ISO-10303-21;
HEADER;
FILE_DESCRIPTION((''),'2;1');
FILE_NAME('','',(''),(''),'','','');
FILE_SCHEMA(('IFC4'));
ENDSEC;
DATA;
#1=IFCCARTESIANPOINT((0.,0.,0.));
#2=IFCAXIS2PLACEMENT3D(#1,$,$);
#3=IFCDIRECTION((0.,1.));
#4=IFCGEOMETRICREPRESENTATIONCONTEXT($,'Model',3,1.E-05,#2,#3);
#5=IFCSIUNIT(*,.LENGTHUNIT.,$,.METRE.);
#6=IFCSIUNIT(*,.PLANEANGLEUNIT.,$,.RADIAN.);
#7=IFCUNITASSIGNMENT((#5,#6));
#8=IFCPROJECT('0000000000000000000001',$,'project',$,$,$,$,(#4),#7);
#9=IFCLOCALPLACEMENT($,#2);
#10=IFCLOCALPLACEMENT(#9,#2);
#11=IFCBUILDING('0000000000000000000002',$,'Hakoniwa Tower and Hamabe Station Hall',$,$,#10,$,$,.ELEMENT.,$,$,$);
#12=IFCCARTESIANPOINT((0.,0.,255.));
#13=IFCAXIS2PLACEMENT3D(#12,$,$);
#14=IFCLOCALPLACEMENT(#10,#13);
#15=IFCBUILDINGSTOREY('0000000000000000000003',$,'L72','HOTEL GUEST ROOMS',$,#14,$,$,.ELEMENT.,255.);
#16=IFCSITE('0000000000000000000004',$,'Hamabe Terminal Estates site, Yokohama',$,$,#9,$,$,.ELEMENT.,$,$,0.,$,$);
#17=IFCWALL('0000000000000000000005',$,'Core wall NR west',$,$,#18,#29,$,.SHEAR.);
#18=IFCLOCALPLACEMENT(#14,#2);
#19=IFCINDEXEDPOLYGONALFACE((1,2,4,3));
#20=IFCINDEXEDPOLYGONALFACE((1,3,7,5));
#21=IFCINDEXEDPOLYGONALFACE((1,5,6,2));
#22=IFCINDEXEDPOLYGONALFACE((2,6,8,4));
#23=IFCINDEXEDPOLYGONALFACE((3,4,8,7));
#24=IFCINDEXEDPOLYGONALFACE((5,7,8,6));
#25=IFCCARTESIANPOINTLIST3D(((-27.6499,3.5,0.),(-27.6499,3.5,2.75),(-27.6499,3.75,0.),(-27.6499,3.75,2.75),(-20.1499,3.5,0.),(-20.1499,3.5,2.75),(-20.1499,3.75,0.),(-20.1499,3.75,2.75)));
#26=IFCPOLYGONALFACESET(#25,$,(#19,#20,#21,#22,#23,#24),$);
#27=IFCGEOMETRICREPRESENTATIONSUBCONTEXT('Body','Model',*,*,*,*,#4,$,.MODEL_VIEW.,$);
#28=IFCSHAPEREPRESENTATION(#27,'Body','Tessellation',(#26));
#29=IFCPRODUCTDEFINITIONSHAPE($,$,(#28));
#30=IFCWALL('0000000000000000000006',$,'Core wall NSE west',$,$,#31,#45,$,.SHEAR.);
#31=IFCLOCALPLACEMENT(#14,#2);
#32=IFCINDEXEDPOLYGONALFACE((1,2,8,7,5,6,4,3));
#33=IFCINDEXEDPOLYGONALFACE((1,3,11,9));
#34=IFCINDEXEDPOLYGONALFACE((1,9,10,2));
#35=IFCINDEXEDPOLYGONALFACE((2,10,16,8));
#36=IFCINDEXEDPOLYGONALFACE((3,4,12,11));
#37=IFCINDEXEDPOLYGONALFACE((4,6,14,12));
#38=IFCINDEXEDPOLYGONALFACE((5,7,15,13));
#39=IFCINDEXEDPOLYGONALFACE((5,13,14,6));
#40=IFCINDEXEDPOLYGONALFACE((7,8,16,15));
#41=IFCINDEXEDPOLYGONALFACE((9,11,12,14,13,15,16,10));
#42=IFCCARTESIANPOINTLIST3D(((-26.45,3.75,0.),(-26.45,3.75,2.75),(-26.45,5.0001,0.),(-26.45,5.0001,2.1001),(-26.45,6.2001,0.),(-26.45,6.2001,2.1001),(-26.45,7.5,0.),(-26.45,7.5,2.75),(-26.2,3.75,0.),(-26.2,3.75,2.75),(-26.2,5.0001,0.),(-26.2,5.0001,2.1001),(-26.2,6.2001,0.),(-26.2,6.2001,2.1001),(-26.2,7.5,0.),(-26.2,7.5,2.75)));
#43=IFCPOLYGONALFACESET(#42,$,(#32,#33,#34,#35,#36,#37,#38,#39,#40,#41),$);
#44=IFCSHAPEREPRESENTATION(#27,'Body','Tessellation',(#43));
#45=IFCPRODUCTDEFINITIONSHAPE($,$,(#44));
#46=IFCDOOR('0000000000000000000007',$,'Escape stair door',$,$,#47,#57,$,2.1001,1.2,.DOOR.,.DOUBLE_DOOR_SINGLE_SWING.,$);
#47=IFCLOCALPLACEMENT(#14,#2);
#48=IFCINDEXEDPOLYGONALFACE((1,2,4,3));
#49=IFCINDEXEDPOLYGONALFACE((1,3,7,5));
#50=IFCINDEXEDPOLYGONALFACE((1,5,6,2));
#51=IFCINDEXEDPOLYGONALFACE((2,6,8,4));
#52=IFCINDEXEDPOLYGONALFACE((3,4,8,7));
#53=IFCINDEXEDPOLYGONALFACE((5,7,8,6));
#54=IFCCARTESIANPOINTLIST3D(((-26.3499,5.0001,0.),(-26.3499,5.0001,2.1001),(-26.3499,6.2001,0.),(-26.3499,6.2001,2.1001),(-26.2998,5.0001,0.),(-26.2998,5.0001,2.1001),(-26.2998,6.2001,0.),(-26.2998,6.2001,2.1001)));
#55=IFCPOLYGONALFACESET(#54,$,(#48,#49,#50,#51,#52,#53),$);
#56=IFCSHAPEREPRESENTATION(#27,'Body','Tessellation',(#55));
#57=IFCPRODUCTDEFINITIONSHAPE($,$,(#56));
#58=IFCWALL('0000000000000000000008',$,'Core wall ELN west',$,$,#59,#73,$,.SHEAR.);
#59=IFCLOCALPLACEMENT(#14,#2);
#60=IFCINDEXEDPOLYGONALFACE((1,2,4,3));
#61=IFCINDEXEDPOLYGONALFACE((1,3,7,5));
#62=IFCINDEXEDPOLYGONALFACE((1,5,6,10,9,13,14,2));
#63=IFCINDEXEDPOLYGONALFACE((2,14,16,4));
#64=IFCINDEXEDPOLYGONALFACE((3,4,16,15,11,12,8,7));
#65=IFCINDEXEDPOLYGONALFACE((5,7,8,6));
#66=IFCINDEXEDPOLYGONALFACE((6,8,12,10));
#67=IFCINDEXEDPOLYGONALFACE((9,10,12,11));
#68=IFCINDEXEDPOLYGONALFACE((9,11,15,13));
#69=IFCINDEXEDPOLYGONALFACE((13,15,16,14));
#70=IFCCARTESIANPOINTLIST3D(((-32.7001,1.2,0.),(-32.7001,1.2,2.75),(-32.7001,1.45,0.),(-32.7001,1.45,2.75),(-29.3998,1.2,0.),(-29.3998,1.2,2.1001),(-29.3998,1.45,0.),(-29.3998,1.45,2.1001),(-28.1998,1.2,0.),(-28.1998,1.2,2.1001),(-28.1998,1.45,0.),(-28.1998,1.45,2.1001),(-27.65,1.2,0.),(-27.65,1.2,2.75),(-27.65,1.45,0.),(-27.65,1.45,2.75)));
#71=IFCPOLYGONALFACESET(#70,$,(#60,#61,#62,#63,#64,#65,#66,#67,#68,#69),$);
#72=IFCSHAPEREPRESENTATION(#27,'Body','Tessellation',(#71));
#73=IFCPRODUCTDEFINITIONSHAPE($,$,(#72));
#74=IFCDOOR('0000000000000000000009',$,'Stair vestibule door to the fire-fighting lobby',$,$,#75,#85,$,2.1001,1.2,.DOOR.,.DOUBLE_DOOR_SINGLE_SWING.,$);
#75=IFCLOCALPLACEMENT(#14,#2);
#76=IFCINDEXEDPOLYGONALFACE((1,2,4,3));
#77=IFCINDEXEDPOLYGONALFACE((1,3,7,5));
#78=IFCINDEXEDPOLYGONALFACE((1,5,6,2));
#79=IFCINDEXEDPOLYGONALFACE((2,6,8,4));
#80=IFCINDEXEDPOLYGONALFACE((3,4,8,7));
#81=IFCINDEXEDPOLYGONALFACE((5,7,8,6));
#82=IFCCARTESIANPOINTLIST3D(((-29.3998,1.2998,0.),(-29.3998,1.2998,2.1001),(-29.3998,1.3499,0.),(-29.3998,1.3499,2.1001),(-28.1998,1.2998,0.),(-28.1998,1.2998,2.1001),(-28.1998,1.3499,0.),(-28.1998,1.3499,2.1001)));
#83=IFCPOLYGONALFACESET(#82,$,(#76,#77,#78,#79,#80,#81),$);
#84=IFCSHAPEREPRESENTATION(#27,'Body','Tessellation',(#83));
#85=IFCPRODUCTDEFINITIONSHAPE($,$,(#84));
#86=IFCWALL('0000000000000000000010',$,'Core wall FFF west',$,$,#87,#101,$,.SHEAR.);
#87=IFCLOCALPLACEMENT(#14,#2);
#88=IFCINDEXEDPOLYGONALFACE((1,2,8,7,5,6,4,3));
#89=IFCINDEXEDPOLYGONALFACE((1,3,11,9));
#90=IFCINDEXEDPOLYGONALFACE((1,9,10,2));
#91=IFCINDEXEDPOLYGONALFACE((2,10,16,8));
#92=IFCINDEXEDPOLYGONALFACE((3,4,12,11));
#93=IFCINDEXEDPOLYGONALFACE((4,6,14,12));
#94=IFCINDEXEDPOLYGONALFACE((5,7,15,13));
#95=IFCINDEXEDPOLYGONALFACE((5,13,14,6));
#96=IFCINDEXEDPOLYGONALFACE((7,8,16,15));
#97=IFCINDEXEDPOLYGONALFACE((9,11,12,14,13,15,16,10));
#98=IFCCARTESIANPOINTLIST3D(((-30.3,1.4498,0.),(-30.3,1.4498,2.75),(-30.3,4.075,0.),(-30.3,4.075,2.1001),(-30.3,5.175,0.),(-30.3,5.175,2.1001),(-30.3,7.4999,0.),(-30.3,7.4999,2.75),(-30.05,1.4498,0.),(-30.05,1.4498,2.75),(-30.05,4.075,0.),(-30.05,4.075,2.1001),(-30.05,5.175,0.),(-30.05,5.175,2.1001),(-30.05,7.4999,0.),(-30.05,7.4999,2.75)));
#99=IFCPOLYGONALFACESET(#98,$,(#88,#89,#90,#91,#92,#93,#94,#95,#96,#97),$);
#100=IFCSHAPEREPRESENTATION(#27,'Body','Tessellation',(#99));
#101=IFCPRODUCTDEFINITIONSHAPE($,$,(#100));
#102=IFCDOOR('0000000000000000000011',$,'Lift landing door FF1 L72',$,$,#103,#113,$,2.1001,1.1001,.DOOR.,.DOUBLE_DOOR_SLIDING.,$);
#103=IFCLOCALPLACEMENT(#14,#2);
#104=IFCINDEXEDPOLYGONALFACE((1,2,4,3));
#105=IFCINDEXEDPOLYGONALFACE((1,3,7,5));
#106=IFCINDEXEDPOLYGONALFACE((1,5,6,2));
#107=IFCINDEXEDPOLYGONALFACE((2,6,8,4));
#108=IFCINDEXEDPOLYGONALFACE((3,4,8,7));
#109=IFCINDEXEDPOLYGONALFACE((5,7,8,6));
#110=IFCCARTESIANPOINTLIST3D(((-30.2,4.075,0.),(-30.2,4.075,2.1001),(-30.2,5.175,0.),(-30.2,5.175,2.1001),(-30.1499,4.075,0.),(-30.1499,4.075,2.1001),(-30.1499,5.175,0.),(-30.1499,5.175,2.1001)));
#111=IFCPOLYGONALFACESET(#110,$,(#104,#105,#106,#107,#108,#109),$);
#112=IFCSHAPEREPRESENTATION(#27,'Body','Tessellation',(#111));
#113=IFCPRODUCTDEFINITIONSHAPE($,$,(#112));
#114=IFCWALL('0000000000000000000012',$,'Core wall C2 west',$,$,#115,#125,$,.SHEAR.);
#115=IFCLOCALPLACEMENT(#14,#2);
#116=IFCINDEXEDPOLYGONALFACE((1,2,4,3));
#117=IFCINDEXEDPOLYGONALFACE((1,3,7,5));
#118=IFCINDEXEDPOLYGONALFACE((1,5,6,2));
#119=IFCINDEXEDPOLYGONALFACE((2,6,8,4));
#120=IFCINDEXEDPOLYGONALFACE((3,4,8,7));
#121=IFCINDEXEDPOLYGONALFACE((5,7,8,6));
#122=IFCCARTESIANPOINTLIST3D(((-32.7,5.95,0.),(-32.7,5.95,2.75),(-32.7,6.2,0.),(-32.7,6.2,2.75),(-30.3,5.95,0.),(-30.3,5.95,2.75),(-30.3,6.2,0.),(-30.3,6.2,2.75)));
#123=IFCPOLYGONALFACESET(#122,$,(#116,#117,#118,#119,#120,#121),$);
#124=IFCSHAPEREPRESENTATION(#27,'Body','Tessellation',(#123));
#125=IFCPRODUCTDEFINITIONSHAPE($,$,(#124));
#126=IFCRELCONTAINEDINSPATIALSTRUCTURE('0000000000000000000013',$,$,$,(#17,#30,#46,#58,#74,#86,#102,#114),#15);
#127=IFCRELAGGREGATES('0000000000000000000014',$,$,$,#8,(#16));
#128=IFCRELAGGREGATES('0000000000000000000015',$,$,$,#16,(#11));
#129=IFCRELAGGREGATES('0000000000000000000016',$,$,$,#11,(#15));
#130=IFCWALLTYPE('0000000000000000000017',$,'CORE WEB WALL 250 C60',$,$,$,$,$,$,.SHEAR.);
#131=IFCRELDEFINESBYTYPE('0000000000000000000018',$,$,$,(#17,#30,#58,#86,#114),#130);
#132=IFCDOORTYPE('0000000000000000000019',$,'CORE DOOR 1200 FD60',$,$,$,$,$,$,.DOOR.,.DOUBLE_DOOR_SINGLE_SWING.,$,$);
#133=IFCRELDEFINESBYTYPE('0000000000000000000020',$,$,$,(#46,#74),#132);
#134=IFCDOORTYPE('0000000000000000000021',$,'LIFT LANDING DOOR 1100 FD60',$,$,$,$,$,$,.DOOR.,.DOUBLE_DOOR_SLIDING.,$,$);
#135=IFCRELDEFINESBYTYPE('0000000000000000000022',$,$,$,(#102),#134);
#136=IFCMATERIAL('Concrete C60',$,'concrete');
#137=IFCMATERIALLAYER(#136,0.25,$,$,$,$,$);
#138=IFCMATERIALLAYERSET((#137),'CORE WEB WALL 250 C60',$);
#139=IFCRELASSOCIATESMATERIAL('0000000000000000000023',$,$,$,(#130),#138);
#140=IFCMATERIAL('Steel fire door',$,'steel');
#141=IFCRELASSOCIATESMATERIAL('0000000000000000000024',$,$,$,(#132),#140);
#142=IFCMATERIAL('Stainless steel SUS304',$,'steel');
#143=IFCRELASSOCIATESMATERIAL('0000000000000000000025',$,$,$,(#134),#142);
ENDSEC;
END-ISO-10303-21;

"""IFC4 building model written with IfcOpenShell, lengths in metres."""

from ifc_helpers import new_model, si_unit, direction, frame, frame_2d, origin, place, context, subcontext, project, spatial, rectangle, extrude, material, layer, layer_set, type_object, element, fill, save


model = new_model("IFC4")

# Units and contexts
model_context = context("Model", 3, precision=1e-05, world=origin(), true_north=direction((0.0, 1.0)))
body_context = subcontext(model_context, "Body", "Model", "MODEL_VIEW")
ifc_project = project(units=[si_unit("LENGTHUNIT", "METRE"), si_unit("PLANEANGLEUNIT", "RADIAN")], contexts=[model_context])

# Site, building, storey
site_placement = place(None, origin())
site = spatial("IfcSite", under=ifc_project, at=site_placement, Name="Hamabe Terminal Estates site, Yokohama", CompositionType="ELEMENT", RefElevation=0.0)
building_placement = place(site_placement, origin())
building = spatial("IfcBuilding", under=site, at=building_placement, Name="Hakoniwa Tower and Hamabe Station Hall", CompositionType="ELEMENT")
storey_placement = place(building_placement, frame((0.0, 0.0, 255.0)))
storey = spatial("IfcBuildingStorey", under=building, at=storey_placement, Name="L72", Description="HOTEL GUEST ROOMS", CompositionType="ELEMENT", Elevation=255.0)

# Shared definitions
ifc_material_1 = material(Name="Concrete C60", Category="concrete")
ifc_layer_1 = layer(ifc_material_1, 0.25)
ifc_layer_set_1 = layer_set([ifc_layer_1], Name="CORE WEB WALL 250 C60")
wall_type_1 = type_object("IfcWallType", Name="CORE WEB WALL 250 C60", PredefinedType="SHEAR", material=ifc_layer_set_1)

# Wall
wall_1_placement = place(storey_placement, frame((-27.6499, 3.625, 0.0), z_axis=(0.0, 0.0, 1.0), x_axis=(1.0, 0.0, 0.0)))
element("IfcWall", 1, at=wall_1_placement, inside=storey, type_object=wall_type_1, Name="Core wall NR west", PredefinedType="SHEAR", context=body_context, shape_type="SweptSolid", body=[
    extrude(rectangle(XDim=7.5, YDim=0.25, at=frame_2d((3.75, 0.0))), origin(), (0.0, 0.0, 1.0), 2.75),
])

# Walls, openings, doors
wall_2_placement = place(storey_placement, frame((-26.325, 3.75, 0.0), z_axis=(0.0, 0.0, 1.0), x_axis=(0.0, 1.0, 0.0)))
wall_2 = element("IfcWall", 2, at=wall_2_placement, inside=storey, type_object=wall_type_1, Name="Core wall NSE west", PredefinedType="SHEAR", context=body_context, shape_type="SweptSolid", body=[
    extrude(rectangle(XDim=3.75, YDim=0.25, at=frame_2d((1.875, 0.0))), origin(), (0.0, 0.0, 1.0), 2.75),
])
opening_1_placement = place(wall_2_placement, frame((1.25, 0.0, 0.0)))
opening_1 = element("IfcOpeningElement", 3, at=opening_1_placement, cuts=wall_2, PredefinedType="OPENING", context=body_context, shape_type="SweptSolid", body=[
    extrude(rectangle(XDim=1.2, YDim=2.1001, at=frame_2d((0.6001, 1.05))), frame((0.0, 0.135, 0.0), z_axis=(0.0, -1.0, 0.0), x_axis=(1.0, 0.0, 0.0)), (0.0, 0.0, 1.0), 0.27),
])
ifc_material_2 = material(Name="Steel fire door", Category="steel")
door_type_1 = type_object("IfcDoorType", Name="CORE DOOR 1200 FD60", OperationType="DOUBLE_DOOR_SINGLE_SWING", PredefinedType="DOOR", material=ifc_material_2)
door_1_placement = place(opening_1_placement, origin())
door_1 = element("IfcDoor", 4, at=door_1_placement, inside=storey, type_object=door_type_1, Name="Escape stair door", OperationType="DOUBLE_DOOR_SINGLE_SWING", OverallHeight=2.1001, OverallWidth=1.2, PredefinedType="DOOR", context=body_context, shape_type="SweptSolid", body=[
    extrude(rectangle(XDim=1.2, YDim=2.1001, at=frame_2d((0.6001, 1.05))), frame((0.0, 0.0249, 0.0), z_axis=(0.0, -1.0, 0.0), x_axis=(1.0, 0.0, 0.0)), (0.0, 0.0, 1.0), 0.05),
])
fill(opening_1, door_1)
wall_3_placement = place(storey_placement, frame((-32.7, 1.325, 0.0), z_axis=(0.0, 0.0, 1.0), x_axis=(1.0, 0.0, 0.0)))
wall_3 = element("IfcWall", 5, at=wall_3_placement, inside=storey, type_object=wall_type_1, Name="Core wall ELN west", PredefinedType="SHEAR", context=body_context, shape_type="SweptSolid", body=[
    extrude(rectangle(XDim=5.05, YDim=0.25, at=frame_2d((2.5249, 0.0))), origin(), (0.0, 0.0, 1.0), 2.75),
])
opening_2_placement = place(wall_3_placement, frame((3.3, 0.0, 0.0)))
opening_2 = element("IfcOpeningElement", 6, at=opening_2_placement, cuts=wall_3, PredefinedType="OPENING", context=body_context, shape_type="SweptSolid", body=[
    extrude(rectangle(XDim=1.2, YDim=2.1001, at=frame_2d((0.6001, 1.05))), frame((0.0, 0.135, 0.0), z_axis=(0.0, -1.0, 0.0), x_axis=(1.0, 0.0, 0.0)), (0.0, 0.0, 1.0), 0.27),
])
door_2_placement = place(opening_2_placement, origin())
door_2 = element("IfcDoor", 7, at=door_2_placement, inside=storey, type_object=door_type_1, Name="Stair vestibule door to the fire-fighting lobby", OperationType="DOUBLE_DOOR_SINGLE_SWING", OverallHeight=2.1001, OverallWidth=1.2, PredefinedType="DOOR", context=body_context, shape_type="SweptSolid", body=[
    extrude(rectangle(XDim=1.2, YDim=2.1001, at=frame_2d((0.6001, 1.05))), frame((0.0, 0.0249, 0.0), z_axis=(0.0, -1.0, 0.0), x_axis=(1.0, 0.0, 0.0)), (0.0, 0.0, 1.0), 0.05),
])
fill(opening_2, door_2)
wall_4_placement = place(storey_placement, frame((-30.175, 1.45, 0.0), z_axis=(0.0, 0.0, 1.0), x_axis=(0.0, 1.0, 0.0)))
wall_4 = element("IfcWall", 8, at=wall_4_placement, inside=storey, type_object=wall_type_1, Name="Core wall FFF west", PredefinedType="SHEAR", context=body_context, shape_type="SweptSolid", body=[
    extrude(rectangle(XDim=6.05, YDim=0.25, at=frame_2d((3.0249, 0.0))), origin(), (0.0, 0.0, 1.0), 2.75),
])
opening_3_placement = place(wall_4_placement, frame((2.625, 0.0, 0.0)))
opening_3 = element("IfcOpeningElement", 9, at=opening_3_placement, cuts=wall_4, PredefinedType="OPENING", context=body_context, shape_type="SweptSolid", body=[
    extrude(rectangle(XDim=1.1001, YDim=2.1001, at=frame_2d((0.55, 1.05))), frame((0.0, 0.135, 0.0), z_axis=(0.0, -1.0, 0.0), x_axis=(1.0, 0.0, 0.0)), (0.0, 0.0, 1.0), 0.27),
])
ifc_material_3 = material(Name="Stainless steel SUS304", Category="steel")
door_type_2 = type_object("IfcDoorType", Name="LIFT LANDING DOOR 1100 FD60", OperationType="DOUBLE_DOOR_SLIDING", PredefinedType="DOOR", material=ifc_material_3)
door_3_placement = place(opening_3_placement, origin())
door_3 = element("IfcDoor", 10, at=door_3_placement, inside=storey, type_object=door_type_2, Name="Lift landing door FF1 L72", OperationType="DOUBLE_DOOR_SLIDING", OverallHeight=2.1001, OverallWidth=1.1001, PredefinedType="DOOR", context=body_context, shape_type="SweptSolid", body=[
    extrude(rectangle(XDim=1.1001, YDim=2.1001, at=frame_2d((0.55, 1.05))), frame((0.0, 0.0249, 0.0), z_axis=(0.0, -1.0, 0.0), x_axis=(1.0, 0.0, 0.0)), (0.0, 0.0, 1.0), 0.05),
])
fill(opening_3, door_3)

# Wall
wall_5_placement = place(storey_placement, frame((-32.7, 6.075, 0.0), z_axis=(0.0, 0.0, 1.0), x_axis=(1.0, 0.0, 0.0)))
element("IfcWall", 11, at=wall_5_placement, inside=storey, type_object=wall_type_1, Name="Core wall C2 west", PredefinedType="SHEAR", context=body_context, shape_type="SweptSolid", body=[
    extrude(rectangle(XDim=2.3999, YDim=0.25, at=frame_2d((1.2, 0.0))), origin(), (0.0, 0.0, 1.0), 2.75),
])

save(model, "model.ifc")
